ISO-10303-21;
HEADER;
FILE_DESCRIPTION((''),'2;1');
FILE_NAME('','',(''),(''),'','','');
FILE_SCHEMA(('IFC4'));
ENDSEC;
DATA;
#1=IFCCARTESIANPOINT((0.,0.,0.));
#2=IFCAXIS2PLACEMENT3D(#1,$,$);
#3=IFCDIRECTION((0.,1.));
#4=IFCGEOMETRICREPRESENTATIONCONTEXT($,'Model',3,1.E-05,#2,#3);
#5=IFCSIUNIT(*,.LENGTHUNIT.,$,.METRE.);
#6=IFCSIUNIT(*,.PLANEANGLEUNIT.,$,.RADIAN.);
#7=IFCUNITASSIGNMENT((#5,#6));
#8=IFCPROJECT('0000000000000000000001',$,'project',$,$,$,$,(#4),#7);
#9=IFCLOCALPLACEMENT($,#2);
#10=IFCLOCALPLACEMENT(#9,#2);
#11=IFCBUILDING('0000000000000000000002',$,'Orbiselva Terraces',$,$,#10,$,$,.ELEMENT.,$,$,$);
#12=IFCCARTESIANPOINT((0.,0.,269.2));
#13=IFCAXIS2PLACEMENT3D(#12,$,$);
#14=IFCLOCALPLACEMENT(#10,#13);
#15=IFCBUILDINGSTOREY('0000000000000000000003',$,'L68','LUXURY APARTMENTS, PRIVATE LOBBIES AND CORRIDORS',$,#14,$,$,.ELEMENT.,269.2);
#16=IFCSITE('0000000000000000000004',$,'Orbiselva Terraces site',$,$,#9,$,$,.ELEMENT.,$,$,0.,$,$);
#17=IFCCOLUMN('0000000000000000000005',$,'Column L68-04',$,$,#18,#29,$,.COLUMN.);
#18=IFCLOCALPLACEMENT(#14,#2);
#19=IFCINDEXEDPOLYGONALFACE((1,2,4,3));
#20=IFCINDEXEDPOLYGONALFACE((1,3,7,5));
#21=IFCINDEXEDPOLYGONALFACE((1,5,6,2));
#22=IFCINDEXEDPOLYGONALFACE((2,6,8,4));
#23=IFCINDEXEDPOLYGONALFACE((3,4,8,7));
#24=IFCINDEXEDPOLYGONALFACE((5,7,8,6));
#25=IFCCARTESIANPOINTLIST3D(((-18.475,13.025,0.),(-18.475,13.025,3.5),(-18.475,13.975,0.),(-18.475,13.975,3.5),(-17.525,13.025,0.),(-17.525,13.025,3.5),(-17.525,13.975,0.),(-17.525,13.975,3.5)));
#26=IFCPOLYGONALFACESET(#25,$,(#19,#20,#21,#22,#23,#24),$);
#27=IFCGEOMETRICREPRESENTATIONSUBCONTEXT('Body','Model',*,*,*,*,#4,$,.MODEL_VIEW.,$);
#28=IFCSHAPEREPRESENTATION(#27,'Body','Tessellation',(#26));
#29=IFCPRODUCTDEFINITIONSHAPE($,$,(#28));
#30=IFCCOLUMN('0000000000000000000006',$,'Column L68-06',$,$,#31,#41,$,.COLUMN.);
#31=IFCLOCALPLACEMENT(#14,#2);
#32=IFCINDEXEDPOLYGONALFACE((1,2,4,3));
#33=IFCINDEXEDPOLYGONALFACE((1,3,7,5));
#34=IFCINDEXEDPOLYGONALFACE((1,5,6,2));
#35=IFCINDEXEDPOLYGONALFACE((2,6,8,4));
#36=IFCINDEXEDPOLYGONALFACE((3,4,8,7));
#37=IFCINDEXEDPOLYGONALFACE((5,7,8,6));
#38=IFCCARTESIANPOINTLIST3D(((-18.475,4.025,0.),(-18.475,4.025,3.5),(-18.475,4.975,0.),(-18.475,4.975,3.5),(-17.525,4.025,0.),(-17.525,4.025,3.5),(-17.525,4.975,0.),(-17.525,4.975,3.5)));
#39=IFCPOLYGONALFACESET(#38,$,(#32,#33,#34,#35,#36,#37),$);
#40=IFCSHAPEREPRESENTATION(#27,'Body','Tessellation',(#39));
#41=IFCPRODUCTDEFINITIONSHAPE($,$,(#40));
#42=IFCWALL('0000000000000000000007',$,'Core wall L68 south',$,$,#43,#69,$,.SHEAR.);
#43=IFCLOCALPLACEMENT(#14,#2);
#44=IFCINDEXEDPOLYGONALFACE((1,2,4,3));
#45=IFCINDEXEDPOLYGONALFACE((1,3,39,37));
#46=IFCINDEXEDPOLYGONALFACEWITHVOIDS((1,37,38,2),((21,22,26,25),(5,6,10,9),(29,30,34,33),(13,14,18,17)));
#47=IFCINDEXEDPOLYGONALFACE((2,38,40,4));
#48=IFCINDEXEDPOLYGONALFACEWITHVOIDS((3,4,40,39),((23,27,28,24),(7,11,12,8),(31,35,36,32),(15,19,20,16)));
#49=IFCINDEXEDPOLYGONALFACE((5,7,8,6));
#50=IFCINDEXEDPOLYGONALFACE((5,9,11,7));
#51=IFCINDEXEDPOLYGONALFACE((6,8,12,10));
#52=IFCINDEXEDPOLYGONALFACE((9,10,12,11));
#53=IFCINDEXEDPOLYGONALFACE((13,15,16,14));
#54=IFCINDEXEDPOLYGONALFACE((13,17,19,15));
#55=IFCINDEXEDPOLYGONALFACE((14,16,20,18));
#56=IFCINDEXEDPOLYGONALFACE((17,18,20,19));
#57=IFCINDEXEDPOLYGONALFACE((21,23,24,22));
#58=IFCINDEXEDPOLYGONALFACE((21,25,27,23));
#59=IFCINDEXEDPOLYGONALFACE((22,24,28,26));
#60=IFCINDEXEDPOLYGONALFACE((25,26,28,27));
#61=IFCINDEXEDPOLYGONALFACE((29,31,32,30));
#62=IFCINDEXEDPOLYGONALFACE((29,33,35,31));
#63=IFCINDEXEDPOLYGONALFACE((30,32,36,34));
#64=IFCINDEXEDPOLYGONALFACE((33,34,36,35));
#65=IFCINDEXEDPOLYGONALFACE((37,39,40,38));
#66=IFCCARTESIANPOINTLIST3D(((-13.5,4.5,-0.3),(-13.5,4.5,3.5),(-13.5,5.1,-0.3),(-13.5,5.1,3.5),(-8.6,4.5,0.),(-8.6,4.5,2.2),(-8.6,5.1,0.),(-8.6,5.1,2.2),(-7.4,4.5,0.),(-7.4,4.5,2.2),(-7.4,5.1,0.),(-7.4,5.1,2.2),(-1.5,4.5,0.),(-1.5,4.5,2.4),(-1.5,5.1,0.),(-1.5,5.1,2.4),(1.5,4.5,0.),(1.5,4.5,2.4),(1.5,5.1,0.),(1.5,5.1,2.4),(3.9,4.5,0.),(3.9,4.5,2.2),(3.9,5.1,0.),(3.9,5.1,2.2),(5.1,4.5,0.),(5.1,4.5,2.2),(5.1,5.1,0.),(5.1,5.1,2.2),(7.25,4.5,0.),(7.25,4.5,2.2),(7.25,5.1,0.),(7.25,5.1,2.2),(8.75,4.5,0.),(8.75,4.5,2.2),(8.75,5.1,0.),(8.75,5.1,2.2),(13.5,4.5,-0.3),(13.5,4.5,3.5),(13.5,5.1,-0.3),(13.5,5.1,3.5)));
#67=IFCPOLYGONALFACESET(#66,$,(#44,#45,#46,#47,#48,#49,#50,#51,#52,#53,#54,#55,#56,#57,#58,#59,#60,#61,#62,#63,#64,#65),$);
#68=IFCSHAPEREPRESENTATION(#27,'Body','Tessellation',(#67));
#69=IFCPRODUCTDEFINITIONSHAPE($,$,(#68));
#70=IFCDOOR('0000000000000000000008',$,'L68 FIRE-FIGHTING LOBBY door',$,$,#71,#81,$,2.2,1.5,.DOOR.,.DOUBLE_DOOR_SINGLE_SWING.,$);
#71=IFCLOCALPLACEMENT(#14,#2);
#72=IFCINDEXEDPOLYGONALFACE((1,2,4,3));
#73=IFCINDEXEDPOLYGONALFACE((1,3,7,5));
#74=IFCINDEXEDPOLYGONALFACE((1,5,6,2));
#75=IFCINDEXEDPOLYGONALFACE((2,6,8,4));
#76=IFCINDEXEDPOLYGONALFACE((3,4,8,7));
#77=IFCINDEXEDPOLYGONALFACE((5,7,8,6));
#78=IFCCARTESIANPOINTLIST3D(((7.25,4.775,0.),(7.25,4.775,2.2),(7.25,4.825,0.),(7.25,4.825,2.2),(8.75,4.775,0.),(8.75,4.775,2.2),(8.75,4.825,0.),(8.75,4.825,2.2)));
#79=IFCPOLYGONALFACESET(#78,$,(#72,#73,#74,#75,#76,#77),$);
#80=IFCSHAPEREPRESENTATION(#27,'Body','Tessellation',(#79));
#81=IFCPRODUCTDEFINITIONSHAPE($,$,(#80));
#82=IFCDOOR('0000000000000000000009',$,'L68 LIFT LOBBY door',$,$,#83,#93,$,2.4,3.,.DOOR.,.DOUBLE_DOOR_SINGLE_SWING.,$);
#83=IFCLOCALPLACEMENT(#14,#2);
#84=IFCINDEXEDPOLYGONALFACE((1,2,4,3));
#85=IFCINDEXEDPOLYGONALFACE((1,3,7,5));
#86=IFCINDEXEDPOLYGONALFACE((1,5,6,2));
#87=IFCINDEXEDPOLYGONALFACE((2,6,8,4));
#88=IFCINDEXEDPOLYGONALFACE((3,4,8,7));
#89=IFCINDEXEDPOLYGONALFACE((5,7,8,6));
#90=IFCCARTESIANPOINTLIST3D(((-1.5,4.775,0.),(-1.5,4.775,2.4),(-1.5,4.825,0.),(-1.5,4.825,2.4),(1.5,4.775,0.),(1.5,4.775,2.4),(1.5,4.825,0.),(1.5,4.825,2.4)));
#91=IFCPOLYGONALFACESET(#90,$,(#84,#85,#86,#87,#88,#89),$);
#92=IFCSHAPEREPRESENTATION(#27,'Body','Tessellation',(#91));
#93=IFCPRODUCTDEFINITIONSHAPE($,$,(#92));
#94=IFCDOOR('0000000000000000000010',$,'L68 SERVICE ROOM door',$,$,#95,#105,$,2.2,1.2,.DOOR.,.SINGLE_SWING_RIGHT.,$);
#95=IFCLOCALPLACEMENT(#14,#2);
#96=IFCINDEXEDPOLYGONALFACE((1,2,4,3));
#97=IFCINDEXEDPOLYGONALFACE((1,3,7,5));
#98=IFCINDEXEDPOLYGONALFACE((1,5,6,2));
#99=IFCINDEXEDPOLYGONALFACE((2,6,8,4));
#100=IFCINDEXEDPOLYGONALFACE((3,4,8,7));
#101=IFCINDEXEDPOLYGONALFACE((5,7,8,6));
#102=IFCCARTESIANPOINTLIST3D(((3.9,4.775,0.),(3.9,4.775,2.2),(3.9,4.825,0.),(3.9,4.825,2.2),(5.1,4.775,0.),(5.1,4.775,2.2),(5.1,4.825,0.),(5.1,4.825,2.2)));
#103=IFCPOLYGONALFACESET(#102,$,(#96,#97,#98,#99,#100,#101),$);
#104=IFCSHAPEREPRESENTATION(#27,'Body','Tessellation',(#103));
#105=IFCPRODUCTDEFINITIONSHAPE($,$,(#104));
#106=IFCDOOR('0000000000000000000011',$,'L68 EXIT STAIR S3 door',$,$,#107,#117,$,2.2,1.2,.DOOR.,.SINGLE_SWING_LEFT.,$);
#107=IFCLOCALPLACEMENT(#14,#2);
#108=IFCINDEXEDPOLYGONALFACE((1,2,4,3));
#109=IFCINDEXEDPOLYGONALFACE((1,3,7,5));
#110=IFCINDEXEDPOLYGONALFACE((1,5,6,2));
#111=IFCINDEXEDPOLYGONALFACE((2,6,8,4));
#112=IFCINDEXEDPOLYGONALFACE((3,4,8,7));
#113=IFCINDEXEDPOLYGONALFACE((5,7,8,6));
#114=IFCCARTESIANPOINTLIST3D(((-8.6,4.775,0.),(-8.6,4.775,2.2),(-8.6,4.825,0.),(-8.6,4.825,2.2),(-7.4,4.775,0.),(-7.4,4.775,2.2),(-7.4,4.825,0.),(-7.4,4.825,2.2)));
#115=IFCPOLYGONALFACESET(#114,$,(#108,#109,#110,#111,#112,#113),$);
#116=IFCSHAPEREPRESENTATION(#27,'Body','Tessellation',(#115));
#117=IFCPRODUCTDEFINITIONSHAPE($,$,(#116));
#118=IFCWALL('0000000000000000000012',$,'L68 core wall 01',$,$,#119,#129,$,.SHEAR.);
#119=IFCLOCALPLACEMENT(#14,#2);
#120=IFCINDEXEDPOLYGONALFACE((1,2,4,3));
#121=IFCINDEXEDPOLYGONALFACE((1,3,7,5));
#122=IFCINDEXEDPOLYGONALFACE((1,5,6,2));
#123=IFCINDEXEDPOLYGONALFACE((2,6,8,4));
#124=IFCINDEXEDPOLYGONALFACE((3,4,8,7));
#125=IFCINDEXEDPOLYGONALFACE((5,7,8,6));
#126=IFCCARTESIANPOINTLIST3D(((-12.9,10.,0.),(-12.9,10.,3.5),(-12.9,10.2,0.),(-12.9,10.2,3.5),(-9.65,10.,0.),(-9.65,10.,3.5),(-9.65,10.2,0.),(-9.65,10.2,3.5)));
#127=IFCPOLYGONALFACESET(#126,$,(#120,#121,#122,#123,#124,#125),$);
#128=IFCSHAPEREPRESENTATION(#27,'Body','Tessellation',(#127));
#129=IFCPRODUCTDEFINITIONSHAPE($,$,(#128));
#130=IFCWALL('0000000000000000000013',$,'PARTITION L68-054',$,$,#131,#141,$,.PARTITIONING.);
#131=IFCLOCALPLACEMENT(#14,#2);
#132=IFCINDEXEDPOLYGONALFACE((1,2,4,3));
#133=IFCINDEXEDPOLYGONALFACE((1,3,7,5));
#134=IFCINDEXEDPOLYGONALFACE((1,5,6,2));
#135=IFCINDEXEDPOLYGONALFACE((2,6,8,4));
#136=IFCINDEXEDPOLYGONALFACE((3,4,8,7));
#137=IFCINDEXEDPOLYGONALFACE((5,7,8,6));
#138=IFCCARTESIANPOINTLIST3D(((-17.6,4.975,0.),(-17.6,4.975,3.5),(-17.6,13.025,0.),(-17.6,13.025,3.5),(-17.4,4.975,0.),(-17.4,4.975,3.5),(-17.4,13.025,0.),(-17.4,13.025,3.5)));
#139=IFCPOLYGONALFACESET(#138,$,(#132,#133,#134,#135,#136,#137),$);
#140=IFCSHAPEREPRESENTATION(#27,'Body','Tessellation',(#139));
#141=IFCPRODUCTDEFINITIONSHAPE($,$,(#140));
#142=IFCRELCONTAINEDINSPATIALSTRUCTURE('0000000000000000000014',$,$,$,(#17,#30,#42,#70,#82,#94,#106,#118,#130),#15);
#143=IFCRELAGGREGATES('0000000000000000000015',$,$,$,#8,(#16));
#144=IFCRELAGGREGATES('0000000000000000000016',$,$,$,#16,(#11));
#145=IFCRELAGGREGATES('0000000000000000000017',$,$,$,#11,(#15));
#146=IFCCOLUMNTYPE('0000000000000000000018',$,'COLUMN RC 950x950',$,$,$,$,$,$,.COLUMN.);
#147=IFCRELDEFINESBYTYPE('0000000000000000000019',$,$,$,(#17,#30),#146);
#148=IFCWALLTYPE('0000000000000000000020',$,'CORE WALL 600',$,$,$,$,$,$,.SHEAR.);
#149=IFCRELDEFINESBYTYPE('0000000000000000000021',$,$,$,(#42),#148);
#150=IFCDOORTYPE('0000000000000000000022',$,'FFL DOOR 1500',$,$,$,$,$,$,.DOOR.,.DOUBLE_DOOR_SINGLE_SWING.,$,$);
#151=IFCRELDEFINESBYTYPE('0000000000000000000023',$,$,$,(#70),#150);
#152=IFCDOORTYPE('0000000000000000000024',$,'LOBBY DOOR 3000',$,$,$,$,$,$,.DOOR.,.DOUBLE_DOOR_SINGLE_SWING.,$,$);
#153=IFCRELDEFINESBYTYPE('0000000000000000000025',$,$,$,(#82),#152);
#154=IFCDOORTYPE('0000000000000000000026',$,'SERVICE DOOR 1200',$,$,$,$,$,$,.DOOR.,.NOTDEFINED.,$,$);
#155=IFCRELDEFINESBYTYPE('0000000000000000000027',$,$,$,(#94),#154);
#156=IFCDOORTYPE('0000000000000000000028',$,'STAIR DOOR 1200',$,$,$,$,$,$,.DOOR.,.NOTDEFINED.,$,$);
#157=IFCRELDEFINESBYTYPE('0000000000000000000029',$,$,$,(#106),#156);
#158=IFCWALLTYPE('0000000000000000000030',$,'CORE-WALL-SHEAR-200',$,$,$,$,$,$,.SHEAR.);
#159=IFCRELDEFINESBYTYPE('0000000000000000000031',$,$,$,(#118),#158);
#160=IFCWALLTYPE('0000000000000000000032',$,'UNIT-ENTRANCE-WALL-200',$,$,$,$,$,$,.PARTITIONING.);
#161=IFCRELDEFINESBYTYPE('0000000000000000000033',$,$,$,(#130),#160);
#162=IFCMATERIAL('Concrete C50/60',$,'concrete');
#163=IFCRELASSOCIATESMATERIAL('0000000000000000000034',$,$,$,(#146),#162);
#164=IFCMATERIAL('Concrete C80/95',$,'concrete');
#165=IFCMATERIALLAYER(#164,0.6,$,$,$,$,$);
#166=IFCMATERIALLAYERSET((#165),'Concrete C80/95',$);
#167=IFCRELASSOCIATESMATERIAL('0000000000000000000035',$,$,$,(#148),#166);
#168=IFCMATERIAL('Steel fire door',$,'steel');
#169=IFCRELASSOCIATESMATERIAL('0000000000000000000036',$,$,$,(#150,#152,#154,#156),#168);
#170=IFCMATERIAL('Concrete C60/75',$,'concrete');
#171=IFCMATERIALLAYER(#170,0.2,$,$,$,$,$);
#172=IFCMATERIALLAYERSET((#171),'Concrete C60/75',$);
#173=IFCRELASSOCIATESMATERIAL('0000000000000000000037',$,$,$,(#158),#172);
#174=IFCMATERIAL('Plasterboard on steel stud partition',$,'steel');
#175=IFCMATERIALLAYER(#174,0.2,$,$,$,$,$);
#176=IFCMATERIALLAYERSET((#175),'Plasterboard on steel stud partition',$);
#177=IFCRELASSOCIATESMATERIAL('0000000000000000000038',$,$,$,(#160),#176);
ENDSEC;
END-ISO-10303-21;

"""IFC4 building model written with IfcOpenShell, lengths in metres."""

from ifc_helpers import new_model, si_unit, direction, frame, frame_2d, origin, origin_2d, place, context, subcontext, project, spatial, rectangle, extrude, material, layer, layer_set, material_profile, profile_set, type_object, element, fill, save


model = new_model("IFC4")

# Units and contexts
model_context = context("Model", 3, precision=1e-05, world=origin(), true_north=direction((0.0, 1.0)))
body_context = subcontext(model_context, "Body", "Model", "MODEL_VIEW")
ifc_project = project(units=[si_unit("LENGTHUNIT", "METRE"), si_unit("PLANEANGLEUNIT", "RADIAN")], contexts=[model_context])

# Site, building, storey
site_placement = place(None, origin())
site = spatial("IfcSite", under=ifc_project, at=site_placement, Name="Orbiselva Terraces site", CompositionType="ELEMENT", RefElevation=0.0)
building_placement = place(site_placement, origin())
building = spatial("IfcBuilding", under=site, at=building_placement, Name="Orbiselva Terraces", CompositionType="ELEMENT")
storey_placement = place(building_placement, frame((0.0, 0.0, 269.2)))
storey = spatial("IfcBuildingStorey", under=building, at=storey_placement, Name="L68", Description="LUXURY APARTMENTS, PRIVATE LOBBIES AND CORRIDORS", CompositionType="ELEMENT", Elevation=269.2)

# Columns
ifc_material_1 = material(Name="Concrete C50/60", Category="concrete")
ifc_material_profile = material_profile(ifc_material_1, rectangle(XDim=0.95, YDim=0.95, at=origin_2d()), Name="RC 950x950")
ifc_profile_set = profile_set([ifc_material_profile], Name="Concrete C50/60")
column_type = type_object("IfcColumnType", Name="COLUMN RC 950x950", PredefinedType="COLUMN", material=ifc_profile_set)
for number, where, z_axis, x_axis, name in (
    (1, (-18.0, 13.5, 0.0), (0.0, 0.0, 1.0), (1.0, 0.0, 0.0), "Column L68-04"),
    (2, (-18.0, 4.5, 0.0), (0.0, 0.0, 1.0), (1.0, 0.0, 0.0), "Column L68-06"),
):
    element("IfcColumn", number, at=place(storey_placement, frame(where, z_axis=z_axis, x_axis=x_axis)), inside=storey, type_object=column_type, Name=name, PredefinedType="COLUMN", context=body_context, shape_type="SweptSolid", body=[
        extrude(rectangle(XDim=0.95, YDim=0.95, at=origin_2d()), origin(), (0.0, 0.0, 1.0), 3.5),
    ])

# Wall, openings, doors
ifc_material_2 = material(Name="Concrete C80/95", Category="concrete")
ifc_layer_1 = layer(ifc_material_2, 0.6)
ifc_layer_set_1 = layer_set([ifc_layer_1], Name="Concrete C80/95")
wall_type_1 = type_object("IfcWallType", Name="CORE WALL 600", PredefinedType="SHEAR", material=ifc_layer_set_1)
wall_1_placement = place(storey_placement, frame((-13.5, 4.8, -0.3), z_axis=(0.0, 0.0, 1.0), x_axis=(1.0, 0.0, 0.0)))
wall_1 = element("IfcWall", 3, at=wall_1_placement, inside=storey, type_object=wall_type_1, Name="Core wall L68 south", PredefinedType="SHEAR", context=body_context, shape_type="SweptSolid", body=[
    extrude(rectangle(XDim=27.0, YDim=0.6, at=frame_2d((13.5, 0.0))), origin(), (0.0, 0.0, 1.0), 3.8),
])
opening_1_placement = place(wall_1_placement, frame((12.0, 0.0, 0.3)))
opening_1 = element("IfcOpeningElement", 4, at=opening_1_placement, cuts=wall_1, PredefinedType="OPENING", context=body_context, shape_type="SweptSolid", body=[
    extrude(rectangle(XDim=3.0, YDim=2.4, at=frame_2d((1.5, 1.2))), frame((0.0, 0.31, 0.0), z_axis=(0.0, -1.0, 0.0), x_axis=(1.0, 0.0, 0.0)), (0.0, 0.0, 1.0), 0.62),
])
opening_2_placement = place(wall_1_placement, frame((4.9, 0.0, 0.3)))
opening_2 = element("IfcOpeningElement", 5, at=opening_2_placement, cuts=wall_1, PredefinedType="OPENING", context=body_context, shape_type="SweptSolid", body=[
    extrude(rectangle(XDim=1.2, YDim=2.2, at=frame_2d((0.6, 1.1))), frame((0.0, 0.31, 0.0), z_axis=(0.0, -1.0, 0.0), x_axis=(1.0, 0.0, 0.0)), (0.0, 0.0, 1.0), 0.62),
])
opening_3_placement = place(wall_1_placement, frame((20.75, 0.0, 0.3)))
opening_3 = element("IfcOpeningElement", 6, at=opening_3_placement, cuts=wall_1, PredefinedType="OPENING", context=body_context, shape_type="SweptSolid", body=[
    extrude(rectangle(XDim=1.5, YDim=2.2, at=frame_2d((0.75, 1.1))), frame((0.0, 0.31, 0.0), z_axis=(0.0, -1.0, 0.0), x_axis=(1.0, 0.0, 0.0)), (0.0, 0.0, 1.0), 0.62),
])
opening_4_placement = place(wall_1_placement, frame((17.4, 0.0, 0.3)))
opening_4 = element("IfcOpeningElement", 7, at=opening_4_placement, cuts=wall_1, PredefinedType="OPENING", context=body_context, shape_type="SweptSolid", body=[
    extrude(rectangle(XDim=1.2, YDim=2.2, at=frame_2d((0.6, 1.1))), frame((0.0, 0.31, 0.0), z_axis=(0.0, -1.0, 0.0), x_axis=(1.0, 0.0, 0.0)), (0.0, 0.0, 1.0), 0.62),
])
ifc_material_3 = material(Name="Steel fire door", Category="steel")
door_type_1 = type_object("IfcDoorType", Name="FFL DOOR 1500", OperationType="DOUBLE_DOOR_SINGLE_SWING", PredefinedType="DOOR", material=ifc_material_3)
door_1_placement = place(opening_3_placement, frame((1.5, 0.0, 0.0), z_axis=(0.0, 0.0, 1.0), x_axis=(-1.0, 0.0, 0.0)))
door_1 = element("IfcDoor", 8, at=door_1_placement, inside=storey, type_object=door_type_1, Name="L68 FIRE-FIGHTING LOBBY door", OperationType="DOUBLE_DOOR_SINGLE_SWING", OverallHeight=2.2, OverallWidth=1.5, PredefinedType="DOOR", context=body_context, shape_type="SweptSolid", body=[
    extrude(rectangle(XDim=1.5, YDim=2.2, at=frame_2d((0.75, 1.1))), frame((0.0, 0.025, 0.0), z_axis=(0.0, -1.0, 0.0), x_axis=(1.0, 0.0, 0.0)), (0.0, 0.0, 1.0), 0.05),
])
fill(opening_3, door_1)
door_type_2 = type_object("IfcDoorType", Name="LOBBY DOOR 3000", OperationType="DOUBLE_DOOR_SINGLE_SWING", PredefinedType="DOOR", material=ifc_material_3)
door_2_placement = place(opening_1_placement, frame((3.0, 0.0, 0.0), z_axis=(0.0, 0.0, 1.0), x_axis=(-1.0, 0.0, 0.0)))
door_2 = element("IfcDoor", 9, at=door_2_placement, inside=storey, type_object=door_type_2, Name="L68 LIFT LOBBY door", OperationType="DOUBLE_DOOR_SINGLE_SWING", OverallHeight=2.4, OverallWidth=3.0, PredefinedType="DOOR", context=body_context, shape_type="SweptSolid", body=[
    extrude(rectangle(XDim=3.0, YDim=2.4, at=frame_2d((1.5, 1.2))), frame((0.0, 0.025, 0.0), z_axis=(0.0, -1.0, 0.0), x_axis=(1.0, 0.0, 0.0)), (0.0, 0.0, 1.0), 0.05),
])
fill(opening_1, door_2)
door_type_3 = type_object("IfcDoorType", Name="SERVICE DOOR 1200", OperationType="NOTDEFINED", PredefinedType="DOOR", material=ifc_material_3)
door_3_placement = place(opening_4_placement, frame((1.2, 0.0, 0.0), z_axis=(0.0, 0.0, 1.0), x_axis=(-1.0, 0.0, 0.0)))
door_3 = element("IfcDoor", 10, at=door_3_placement, inside=storey, type_object=door_type_3, Name="L68 SERVICE ROOM door", OperationType="SINGLE_SWING_RIGHT", OverallHeight=2.2, OverallWidth=1.2, PredefinedType="DOOR", context=body_context, shape_type="SweptSolid", body=[
    extrude(rectangle(XDim=1.2, YDim=2.2, at=frame_2d((0.6, 1.1))), frame((0.0, 0.025, 0.0), z_axis=(0.0, -1.0, 0.0), x_axis=(1.0, 0.0, 0.0)), (0.0, 0.0, 1.0), 0.05),
])
fill(opening_4, door_3)
door_type_4 = type_object("IfcDoorType", Name="STAIR DOOR 1200", OperationType="NOTDEFINED", PredefinedType="DOOR", material=ifc_material_3)
door_4_placement = place(opening_2_placement, frame((1.2, 0.0, 0.0), z_axis=(0.0, 0.0, 1.0), x_axis=(-1.0, 0.0, 0.0)))
door_4 = element("IfcDoor", 11, at=door_4_placement, inside=storey, type_object=door_type_4, Name="L68 EXIT STAIR S3 door", OperationType="SINGLE_SWING_LEFT", OverallHeight=2.2, OverallWidth=1.2, PredefinedType="DOOR", context=body_context, shape_type="SweptSolid", body=[
    extrude(rectangle(XDim=1.2, YDim=2.2, at=frame_2d((0.6, 1.1))), frame((0.0, 0.025, 0.0), z_axis=(0.0, -1.0, 0.0), x_axis=(1.0, 0.0, 0.0)), (0.0, 0.0, 1.0), 0.05),
])
fill(opening_2, door_4)

# Walls
ifc_material_4 = material(Name="Concrete C60/75", Category="concrete")
ifc_layer_2 = layer(ifc_material_4, 0.2)
ifc_layer_set_2 = layer_set([ifc_layer_2], Name="Concrete C60/75")
wall_type_2 = type_object("IfcWallType", Name="CORE-WALL-SHEAR-200", PredefinedType="SHEAR", material=ifc_layer_set_2)
wall_2_placement = place(storey_placement, frame((-12.9, 10.1, 0.0), z_axis=(0.0, 0.0, 1.0), x_axis=(1.0, 0.0, 0.0)))
element("IfcWall", 12, at=wall_2_placement, inside=storey, type_object=wall_type_2, Name="L68 core wall 01", PredefinedType="SHEAR", context=body_context, shape_type="SweptSolid", body=[
    extrude(rectangle(XDim=3.25, YDim=0.2, at=frame_2d((1.625, 0.0))), origin(), (0.0, 0.0, 1.0), 3.5),
])
ifc_material_5 = material(Name="Plasterboard on steel stud partition", Category="steel")
ifc_layer_3 = layer(ifc_material_5, 0.2)
ifc_layer_set_3 = layer_set([ifc_layer_3], Name="Plasterboard on steel stud partition")
wall_type_3 = type_object("IfcWallType", Name="UNIT-ENTRANCE-WALL-200", PredefinedType="PARTITIONING", material=ifc_layer_set_3)
wall_3_placement = place(storey_placement, frame((-17.5, 4.975, 0.0), z_axis=(0.0, 0.0, 1.0), x_axis=(0.0, 1.0, 0.0)))
element("IfcWall", 13, at=wall_3_placement, inside=storey, type_object=wall_type_3, Name="PARTITION L68-054", PredefinedType="PARTITIONING", context=body_context, shape_type="SweptSolid", body=[
    extrude(rectangle(XDim=8.05, YDim=0.2, at=frame_2d((4.025, 0.0))), origin(), (0.0, 0.0, 1.0), 3.5),
])

save(model, "model.ifc")
